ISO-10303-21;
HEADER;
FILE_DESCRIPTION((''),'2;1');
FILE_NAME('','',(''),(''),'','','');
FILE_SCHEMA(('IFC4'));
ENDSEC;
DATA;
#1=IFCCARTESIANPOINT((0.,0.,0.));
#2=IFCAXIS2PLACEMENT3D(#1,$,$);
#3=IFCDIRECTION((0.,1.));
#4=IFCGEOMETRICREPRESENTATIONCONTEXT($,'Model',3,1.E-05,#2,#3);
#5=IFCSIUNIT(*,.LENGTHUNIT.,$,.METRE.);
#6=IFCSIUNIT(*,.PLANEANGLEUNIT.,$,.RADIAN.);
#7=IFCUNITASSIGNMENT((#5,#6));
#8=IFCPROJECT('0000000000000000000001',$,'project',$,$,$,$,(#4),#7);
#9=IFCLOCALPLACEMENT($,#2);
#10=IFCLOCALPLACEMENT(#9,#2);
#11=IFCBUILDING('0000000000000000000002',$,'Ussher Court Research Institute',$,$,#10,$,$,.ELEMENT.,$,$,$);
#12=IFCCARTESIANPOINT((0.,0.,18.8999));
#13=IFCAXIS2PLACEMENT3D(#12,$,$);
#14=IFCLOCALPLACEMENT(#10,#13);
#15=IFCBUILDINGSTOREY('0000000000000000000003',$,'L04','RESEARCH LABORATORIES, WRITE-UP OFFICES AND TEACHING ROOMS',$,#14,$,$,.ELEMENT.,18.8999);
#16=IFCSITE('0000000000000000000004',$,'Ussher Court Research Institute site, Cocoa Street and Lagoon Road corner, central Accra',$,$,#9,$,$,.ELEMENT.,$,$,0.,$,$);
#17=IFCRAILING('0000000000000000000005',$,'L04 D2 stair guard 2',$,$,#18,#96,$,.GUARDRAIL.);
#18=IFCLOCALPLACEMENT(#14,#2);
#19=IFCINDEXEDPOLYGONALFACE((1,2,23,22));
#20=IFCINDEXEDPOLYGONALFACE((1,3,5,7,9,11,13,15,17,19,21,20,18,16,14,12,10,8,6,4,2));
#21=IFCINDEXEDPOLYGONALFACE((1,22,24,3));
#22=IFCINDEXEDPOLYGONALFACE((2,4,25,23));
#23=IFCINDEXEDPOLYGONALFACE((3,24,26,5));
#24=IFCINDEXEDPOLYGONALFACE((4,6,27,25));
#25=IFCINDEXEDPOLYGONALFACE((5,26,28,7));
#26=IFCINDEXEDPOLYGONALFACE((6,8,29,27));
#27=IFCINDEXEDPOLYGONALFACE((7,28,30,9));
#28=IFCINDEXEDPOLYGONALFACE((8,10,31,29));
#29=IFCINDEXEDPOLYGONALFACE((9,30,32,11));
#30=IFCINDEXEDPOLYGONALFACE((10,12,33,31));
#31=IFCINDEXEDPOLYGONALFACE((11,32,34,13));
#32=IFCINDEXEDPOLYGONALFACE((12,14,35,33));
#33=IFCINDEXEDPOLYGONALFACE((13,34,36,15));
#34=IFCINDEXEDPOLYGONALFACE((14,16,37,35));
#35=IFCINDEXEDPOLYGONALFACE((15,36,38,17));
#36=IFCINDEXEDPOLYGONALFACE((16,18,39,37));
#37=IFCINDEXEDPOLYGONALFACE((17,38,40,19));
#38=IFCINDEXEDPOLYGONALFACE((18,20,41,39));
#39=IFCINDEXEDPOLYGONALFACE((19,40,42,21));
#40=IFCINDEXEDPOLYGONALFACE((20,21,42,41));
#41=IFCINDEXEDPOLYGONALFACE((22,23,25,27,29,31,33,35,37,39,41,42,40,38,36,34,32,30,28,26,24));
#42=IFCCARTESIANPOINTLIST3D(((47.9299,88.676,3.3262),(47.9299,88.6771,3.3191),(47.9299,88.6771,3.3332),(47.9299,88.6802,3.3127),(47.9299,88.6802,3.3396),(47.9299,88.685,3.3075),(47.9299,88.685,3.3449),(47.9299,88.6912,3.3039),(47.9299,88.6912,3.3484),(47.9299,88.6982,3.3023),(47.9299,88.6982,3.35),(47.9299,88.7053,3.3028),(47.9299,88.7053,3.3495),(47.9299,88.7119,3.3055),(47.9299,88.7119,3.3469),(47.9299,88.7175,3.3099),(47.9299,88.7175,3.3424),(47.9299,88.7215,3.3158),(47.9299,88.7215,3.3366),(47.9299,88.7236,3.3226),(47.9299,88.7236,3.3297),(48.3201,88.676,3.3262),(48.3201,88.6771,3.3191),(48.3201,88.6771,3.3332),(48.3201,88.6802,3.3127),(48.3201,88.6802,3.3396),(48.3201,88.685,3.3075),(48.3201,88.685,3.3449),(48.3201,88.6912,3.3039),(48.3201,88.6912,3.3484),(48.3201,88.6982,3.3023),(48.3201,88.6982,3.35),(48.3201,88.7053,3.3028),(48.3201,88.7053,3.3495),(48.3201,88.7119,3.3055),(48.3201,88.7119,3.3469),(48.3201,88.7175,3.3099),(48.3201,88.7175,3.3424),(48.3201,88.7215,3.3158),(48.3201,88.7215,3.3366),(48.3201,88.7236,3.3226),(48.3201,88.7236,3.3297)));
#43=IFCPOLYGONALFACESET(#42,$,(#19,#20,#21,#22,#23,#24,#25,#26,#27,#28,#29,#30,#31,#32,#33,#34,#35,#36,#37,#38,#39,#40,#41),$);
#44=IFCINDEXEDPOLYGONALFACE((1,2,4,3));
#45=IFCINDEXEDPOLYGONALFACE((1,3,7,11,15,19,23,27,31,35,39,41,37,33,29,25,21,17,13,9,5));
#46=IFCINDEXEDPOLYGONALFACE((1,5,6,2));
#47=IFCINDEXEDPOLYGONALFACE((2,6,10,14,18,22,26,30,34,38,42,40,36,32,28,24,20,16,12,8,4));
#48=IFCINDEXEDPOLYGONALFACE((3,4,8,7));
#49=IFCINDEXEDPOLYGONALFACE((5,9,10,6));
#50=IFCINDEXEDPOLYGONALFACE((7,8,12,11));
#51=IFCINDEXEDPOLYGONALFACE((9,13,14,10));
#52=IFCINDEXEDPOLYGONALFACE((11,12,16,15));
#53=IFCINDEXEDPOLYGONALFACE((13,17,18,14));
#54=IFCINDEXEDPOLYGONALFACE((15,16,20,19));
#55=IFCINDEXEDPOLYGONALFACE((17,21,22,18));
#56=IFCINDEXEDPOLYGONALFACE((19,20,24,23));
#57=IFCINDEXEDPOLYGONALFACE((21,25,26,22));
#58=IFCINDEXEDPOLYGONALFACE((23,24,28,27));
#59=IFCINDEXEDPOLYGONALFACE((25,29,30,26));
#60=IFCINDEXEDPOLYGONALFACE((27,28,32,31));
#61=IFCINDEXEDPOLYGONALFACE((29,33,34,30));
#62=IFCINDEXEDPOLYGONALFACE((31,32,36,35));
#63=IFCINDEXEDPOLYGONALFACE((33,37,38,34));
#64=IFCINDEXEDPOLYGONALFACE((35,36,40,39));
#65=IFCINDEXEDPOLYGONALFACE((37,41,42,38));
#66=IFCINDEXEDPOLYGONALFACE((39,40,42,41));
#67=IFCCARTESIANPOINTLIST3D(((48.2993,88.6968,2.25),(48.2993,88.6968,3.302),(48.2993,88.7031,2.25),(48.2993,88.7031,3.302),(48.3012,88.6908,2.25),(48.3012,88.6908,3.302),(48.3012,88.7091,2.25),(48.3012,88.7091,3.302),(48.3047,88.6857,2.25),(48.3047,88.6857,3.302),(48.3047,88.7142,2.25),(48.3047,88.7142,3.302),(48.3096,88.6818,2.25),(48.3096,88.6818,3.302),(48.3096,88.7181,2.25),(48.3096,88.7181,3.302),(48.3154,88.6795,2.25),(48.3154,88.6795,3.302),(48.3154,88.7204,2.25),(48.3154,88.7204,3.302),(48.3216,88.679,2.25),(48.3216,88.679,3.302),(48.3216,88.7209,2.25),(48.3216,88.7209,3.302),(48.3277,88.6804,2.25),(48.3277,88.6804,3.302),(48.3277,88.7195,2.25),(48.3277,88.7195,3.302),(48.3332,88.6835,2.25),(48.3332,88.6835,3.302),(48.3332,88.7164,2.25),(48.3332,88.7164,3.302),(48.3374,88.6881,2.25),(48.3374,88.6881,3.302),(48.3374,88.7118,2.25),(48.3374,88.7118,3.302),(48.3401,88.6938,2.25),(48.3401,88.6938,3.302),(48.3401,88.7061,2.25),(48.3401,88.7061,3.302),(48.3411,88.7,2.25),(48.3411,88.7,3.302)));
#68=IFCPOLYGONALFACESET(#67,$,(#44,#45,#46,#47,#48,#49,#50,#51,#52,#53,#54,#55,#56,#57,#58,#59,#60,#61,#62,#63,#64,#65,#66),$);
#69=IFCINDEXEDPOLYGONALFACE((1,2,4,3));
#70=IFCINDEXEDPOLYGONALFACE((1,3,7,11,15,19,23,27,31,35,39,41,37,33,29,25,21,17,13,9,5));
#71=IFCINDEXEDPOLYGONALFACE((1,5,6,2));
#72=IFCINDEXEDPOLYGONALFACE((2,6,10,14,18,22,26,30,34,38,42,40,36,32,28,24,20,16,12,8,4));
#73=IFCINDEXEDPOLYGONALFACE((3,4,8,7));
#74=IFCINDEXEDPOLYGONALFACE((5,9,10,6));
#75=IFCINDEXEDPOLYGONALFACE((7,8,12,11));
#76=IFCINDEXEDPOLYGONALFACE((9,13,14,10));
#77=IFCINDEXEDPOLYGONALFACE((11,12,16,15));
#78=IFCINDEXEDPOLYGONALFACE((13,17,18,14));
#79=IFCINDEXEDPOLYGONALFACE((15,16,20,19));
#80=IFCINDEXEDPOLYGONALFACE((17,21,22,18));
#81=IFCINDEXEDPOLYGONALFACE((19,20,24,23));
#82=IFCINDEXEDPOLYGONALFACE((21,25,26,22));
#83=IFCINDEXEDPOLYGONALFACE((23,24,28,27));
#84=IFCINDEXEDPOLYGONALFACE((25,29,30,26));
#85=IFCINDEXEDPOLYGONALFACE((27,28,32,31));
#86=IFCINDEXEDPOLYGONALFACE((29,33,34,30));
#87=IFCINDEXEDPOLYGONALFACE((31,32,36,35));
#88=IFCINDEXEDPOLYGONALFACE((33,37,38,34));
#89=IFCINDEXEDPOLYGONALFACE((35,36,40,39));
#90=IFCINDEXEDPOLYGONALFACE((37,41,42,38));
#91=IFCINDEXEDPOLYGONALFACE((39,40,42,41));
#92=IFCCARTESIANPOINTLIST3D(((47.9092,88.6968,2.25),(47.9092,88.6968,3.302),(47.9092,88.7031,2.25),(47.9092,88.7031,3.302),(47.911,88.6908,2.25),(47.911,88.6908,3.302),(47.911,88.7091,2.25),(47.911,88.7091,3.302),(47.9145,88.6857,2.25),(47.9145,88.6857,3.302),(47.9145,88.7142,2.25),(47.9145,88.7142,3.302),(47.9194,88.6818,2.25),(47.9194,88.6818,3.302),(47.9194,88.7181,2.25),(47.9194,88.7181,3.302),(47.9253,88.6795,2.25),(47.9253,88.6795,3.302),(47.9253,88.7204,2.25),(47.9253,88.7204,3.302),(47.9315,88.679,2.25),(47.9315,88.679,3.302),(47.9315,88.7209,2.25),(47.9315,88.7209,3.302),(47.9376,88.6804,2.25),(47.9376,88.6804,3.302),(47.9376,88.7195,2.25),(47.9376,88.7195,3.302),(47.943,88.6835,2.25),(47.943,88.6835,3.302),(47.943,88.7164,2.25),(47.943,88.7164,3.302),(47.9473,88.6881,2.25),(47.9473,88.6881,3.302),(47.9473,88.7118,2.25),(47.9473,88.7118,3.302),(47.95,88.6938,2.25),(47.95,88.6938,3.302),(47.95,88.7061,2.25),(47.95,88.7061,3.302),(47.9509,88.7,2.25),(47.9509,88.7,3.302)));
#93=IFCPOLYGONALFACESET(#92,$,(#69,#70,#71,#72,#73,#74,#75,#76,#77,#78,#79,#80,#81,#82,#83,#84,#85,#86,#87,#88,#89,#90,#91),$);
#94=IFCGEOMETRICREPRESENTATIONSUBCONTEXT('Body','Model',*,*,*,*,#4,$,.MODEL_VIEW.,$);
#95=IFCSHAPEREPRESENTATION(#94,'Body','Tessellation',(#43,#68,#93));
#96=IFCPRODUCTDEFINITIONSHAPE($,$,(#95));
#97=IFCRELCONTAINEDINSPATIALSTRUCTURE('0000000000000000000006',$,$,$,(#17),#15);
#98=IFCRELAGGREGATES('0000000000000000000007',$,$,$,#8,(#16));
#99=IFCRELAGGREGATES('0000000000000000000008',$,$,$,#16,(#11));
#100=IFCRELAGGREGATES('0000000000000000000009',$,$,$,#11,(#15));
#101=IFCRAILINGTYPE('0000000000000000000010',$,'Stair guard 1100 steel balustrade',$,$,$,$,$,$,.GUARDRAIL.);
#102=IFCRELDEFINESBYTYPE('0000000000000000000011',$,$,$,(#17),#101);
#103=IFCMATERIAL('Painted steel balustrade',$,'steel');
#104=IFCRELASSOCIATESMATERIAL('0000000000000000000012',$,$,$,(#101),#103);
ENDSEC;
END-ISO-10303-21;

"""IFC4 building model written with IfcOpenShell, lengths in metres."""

from ifc_helpers import new_model, si_unit, direction, frame, origin, origin_2d, place, context, subcontext, project, spatial, circle, extrude, material, type_object, element, save


model = new_model("IFC4")

# Units and contexts
model_context = context("Model", 3, precision=1e-05, world=origin(), true_north=direction((0.0, 1.0)))
body_context = subcontext(model_context, "Body", "Model", "MODEL_VIEW")
ifc_project = project(units=[si_unit("LENGTHUNIT", "METRE"), si_unit("PLANEANGLEUNIT", "RADIAN")], contexts=[model_context])

# Site, building, storey
site_placement = place(None, origin())
site = spatial("IfcSite", under=ifc_project, at=site_placement, Name="Ussher Court Research Institute site, Cocoa Street and Lagoon Road corner, central Accra", CompositionType="ELEMENT", RefElevation=0.0)
building_placement = place(site_placement, origin())
building = spatial("IfcBuilding", under=site, at=building_placement, Name="Ussher Court Research Institute", CompositionType="ELEMENT")
storey_placement = place(building_placement, frame((0.0, 0.0, 18.8999)))
storey = spatial("IfcBuildingStorey", under=building, at=storey_placement, Name="L04", Description="RESEARCH LABORATORIES, WRITE-UP OFFICES AND TEACHING ROOMS", CompositionType="ELEMENT", Elevation=18.8999)

# Railing
ifc_material_1 = material(Name="Painted steel balustrade", Category="steel")
railing_type_1 = type_object("IfcRailingType", Name="Stair guard 1100 steel balustrade", PredefinedType="GUARDRAIL", material=ifc_material_1)
railing_1_placement = place(storey_placement, frame((48.3201, 88.7, 2.25)))
element("IfcRailing", 1, at=railing_1_placement, inside=storey, type_object=railing_type_1, Name="L04 D2 stair guard 2", PredefinedType="GUARDRAIL", context=body_context, shape_type="SweptSolid", body=[
    extrude(circle(Radius=0.0239, at=origin_2d()), frame((0.0, 0.0, 1.0762), z_axis=(-1.0, 0.0, 0.0), x_axis=(0.0, -1.0, 0.0)), (0.0, 0.0, 1.0), 0.3901),
    extrude(circle(Radius=0.021, at=origin_2d()), origin(), (0.0, 0.0, 1.0), 1.052),
    extrude(circle(Radius=0.021, at=origin_2d()), frame((-0.3901, 0.0, 0.0)), (0.0, 0.0, 1.0), 1.052),
])

save(model, "model.ifc")
